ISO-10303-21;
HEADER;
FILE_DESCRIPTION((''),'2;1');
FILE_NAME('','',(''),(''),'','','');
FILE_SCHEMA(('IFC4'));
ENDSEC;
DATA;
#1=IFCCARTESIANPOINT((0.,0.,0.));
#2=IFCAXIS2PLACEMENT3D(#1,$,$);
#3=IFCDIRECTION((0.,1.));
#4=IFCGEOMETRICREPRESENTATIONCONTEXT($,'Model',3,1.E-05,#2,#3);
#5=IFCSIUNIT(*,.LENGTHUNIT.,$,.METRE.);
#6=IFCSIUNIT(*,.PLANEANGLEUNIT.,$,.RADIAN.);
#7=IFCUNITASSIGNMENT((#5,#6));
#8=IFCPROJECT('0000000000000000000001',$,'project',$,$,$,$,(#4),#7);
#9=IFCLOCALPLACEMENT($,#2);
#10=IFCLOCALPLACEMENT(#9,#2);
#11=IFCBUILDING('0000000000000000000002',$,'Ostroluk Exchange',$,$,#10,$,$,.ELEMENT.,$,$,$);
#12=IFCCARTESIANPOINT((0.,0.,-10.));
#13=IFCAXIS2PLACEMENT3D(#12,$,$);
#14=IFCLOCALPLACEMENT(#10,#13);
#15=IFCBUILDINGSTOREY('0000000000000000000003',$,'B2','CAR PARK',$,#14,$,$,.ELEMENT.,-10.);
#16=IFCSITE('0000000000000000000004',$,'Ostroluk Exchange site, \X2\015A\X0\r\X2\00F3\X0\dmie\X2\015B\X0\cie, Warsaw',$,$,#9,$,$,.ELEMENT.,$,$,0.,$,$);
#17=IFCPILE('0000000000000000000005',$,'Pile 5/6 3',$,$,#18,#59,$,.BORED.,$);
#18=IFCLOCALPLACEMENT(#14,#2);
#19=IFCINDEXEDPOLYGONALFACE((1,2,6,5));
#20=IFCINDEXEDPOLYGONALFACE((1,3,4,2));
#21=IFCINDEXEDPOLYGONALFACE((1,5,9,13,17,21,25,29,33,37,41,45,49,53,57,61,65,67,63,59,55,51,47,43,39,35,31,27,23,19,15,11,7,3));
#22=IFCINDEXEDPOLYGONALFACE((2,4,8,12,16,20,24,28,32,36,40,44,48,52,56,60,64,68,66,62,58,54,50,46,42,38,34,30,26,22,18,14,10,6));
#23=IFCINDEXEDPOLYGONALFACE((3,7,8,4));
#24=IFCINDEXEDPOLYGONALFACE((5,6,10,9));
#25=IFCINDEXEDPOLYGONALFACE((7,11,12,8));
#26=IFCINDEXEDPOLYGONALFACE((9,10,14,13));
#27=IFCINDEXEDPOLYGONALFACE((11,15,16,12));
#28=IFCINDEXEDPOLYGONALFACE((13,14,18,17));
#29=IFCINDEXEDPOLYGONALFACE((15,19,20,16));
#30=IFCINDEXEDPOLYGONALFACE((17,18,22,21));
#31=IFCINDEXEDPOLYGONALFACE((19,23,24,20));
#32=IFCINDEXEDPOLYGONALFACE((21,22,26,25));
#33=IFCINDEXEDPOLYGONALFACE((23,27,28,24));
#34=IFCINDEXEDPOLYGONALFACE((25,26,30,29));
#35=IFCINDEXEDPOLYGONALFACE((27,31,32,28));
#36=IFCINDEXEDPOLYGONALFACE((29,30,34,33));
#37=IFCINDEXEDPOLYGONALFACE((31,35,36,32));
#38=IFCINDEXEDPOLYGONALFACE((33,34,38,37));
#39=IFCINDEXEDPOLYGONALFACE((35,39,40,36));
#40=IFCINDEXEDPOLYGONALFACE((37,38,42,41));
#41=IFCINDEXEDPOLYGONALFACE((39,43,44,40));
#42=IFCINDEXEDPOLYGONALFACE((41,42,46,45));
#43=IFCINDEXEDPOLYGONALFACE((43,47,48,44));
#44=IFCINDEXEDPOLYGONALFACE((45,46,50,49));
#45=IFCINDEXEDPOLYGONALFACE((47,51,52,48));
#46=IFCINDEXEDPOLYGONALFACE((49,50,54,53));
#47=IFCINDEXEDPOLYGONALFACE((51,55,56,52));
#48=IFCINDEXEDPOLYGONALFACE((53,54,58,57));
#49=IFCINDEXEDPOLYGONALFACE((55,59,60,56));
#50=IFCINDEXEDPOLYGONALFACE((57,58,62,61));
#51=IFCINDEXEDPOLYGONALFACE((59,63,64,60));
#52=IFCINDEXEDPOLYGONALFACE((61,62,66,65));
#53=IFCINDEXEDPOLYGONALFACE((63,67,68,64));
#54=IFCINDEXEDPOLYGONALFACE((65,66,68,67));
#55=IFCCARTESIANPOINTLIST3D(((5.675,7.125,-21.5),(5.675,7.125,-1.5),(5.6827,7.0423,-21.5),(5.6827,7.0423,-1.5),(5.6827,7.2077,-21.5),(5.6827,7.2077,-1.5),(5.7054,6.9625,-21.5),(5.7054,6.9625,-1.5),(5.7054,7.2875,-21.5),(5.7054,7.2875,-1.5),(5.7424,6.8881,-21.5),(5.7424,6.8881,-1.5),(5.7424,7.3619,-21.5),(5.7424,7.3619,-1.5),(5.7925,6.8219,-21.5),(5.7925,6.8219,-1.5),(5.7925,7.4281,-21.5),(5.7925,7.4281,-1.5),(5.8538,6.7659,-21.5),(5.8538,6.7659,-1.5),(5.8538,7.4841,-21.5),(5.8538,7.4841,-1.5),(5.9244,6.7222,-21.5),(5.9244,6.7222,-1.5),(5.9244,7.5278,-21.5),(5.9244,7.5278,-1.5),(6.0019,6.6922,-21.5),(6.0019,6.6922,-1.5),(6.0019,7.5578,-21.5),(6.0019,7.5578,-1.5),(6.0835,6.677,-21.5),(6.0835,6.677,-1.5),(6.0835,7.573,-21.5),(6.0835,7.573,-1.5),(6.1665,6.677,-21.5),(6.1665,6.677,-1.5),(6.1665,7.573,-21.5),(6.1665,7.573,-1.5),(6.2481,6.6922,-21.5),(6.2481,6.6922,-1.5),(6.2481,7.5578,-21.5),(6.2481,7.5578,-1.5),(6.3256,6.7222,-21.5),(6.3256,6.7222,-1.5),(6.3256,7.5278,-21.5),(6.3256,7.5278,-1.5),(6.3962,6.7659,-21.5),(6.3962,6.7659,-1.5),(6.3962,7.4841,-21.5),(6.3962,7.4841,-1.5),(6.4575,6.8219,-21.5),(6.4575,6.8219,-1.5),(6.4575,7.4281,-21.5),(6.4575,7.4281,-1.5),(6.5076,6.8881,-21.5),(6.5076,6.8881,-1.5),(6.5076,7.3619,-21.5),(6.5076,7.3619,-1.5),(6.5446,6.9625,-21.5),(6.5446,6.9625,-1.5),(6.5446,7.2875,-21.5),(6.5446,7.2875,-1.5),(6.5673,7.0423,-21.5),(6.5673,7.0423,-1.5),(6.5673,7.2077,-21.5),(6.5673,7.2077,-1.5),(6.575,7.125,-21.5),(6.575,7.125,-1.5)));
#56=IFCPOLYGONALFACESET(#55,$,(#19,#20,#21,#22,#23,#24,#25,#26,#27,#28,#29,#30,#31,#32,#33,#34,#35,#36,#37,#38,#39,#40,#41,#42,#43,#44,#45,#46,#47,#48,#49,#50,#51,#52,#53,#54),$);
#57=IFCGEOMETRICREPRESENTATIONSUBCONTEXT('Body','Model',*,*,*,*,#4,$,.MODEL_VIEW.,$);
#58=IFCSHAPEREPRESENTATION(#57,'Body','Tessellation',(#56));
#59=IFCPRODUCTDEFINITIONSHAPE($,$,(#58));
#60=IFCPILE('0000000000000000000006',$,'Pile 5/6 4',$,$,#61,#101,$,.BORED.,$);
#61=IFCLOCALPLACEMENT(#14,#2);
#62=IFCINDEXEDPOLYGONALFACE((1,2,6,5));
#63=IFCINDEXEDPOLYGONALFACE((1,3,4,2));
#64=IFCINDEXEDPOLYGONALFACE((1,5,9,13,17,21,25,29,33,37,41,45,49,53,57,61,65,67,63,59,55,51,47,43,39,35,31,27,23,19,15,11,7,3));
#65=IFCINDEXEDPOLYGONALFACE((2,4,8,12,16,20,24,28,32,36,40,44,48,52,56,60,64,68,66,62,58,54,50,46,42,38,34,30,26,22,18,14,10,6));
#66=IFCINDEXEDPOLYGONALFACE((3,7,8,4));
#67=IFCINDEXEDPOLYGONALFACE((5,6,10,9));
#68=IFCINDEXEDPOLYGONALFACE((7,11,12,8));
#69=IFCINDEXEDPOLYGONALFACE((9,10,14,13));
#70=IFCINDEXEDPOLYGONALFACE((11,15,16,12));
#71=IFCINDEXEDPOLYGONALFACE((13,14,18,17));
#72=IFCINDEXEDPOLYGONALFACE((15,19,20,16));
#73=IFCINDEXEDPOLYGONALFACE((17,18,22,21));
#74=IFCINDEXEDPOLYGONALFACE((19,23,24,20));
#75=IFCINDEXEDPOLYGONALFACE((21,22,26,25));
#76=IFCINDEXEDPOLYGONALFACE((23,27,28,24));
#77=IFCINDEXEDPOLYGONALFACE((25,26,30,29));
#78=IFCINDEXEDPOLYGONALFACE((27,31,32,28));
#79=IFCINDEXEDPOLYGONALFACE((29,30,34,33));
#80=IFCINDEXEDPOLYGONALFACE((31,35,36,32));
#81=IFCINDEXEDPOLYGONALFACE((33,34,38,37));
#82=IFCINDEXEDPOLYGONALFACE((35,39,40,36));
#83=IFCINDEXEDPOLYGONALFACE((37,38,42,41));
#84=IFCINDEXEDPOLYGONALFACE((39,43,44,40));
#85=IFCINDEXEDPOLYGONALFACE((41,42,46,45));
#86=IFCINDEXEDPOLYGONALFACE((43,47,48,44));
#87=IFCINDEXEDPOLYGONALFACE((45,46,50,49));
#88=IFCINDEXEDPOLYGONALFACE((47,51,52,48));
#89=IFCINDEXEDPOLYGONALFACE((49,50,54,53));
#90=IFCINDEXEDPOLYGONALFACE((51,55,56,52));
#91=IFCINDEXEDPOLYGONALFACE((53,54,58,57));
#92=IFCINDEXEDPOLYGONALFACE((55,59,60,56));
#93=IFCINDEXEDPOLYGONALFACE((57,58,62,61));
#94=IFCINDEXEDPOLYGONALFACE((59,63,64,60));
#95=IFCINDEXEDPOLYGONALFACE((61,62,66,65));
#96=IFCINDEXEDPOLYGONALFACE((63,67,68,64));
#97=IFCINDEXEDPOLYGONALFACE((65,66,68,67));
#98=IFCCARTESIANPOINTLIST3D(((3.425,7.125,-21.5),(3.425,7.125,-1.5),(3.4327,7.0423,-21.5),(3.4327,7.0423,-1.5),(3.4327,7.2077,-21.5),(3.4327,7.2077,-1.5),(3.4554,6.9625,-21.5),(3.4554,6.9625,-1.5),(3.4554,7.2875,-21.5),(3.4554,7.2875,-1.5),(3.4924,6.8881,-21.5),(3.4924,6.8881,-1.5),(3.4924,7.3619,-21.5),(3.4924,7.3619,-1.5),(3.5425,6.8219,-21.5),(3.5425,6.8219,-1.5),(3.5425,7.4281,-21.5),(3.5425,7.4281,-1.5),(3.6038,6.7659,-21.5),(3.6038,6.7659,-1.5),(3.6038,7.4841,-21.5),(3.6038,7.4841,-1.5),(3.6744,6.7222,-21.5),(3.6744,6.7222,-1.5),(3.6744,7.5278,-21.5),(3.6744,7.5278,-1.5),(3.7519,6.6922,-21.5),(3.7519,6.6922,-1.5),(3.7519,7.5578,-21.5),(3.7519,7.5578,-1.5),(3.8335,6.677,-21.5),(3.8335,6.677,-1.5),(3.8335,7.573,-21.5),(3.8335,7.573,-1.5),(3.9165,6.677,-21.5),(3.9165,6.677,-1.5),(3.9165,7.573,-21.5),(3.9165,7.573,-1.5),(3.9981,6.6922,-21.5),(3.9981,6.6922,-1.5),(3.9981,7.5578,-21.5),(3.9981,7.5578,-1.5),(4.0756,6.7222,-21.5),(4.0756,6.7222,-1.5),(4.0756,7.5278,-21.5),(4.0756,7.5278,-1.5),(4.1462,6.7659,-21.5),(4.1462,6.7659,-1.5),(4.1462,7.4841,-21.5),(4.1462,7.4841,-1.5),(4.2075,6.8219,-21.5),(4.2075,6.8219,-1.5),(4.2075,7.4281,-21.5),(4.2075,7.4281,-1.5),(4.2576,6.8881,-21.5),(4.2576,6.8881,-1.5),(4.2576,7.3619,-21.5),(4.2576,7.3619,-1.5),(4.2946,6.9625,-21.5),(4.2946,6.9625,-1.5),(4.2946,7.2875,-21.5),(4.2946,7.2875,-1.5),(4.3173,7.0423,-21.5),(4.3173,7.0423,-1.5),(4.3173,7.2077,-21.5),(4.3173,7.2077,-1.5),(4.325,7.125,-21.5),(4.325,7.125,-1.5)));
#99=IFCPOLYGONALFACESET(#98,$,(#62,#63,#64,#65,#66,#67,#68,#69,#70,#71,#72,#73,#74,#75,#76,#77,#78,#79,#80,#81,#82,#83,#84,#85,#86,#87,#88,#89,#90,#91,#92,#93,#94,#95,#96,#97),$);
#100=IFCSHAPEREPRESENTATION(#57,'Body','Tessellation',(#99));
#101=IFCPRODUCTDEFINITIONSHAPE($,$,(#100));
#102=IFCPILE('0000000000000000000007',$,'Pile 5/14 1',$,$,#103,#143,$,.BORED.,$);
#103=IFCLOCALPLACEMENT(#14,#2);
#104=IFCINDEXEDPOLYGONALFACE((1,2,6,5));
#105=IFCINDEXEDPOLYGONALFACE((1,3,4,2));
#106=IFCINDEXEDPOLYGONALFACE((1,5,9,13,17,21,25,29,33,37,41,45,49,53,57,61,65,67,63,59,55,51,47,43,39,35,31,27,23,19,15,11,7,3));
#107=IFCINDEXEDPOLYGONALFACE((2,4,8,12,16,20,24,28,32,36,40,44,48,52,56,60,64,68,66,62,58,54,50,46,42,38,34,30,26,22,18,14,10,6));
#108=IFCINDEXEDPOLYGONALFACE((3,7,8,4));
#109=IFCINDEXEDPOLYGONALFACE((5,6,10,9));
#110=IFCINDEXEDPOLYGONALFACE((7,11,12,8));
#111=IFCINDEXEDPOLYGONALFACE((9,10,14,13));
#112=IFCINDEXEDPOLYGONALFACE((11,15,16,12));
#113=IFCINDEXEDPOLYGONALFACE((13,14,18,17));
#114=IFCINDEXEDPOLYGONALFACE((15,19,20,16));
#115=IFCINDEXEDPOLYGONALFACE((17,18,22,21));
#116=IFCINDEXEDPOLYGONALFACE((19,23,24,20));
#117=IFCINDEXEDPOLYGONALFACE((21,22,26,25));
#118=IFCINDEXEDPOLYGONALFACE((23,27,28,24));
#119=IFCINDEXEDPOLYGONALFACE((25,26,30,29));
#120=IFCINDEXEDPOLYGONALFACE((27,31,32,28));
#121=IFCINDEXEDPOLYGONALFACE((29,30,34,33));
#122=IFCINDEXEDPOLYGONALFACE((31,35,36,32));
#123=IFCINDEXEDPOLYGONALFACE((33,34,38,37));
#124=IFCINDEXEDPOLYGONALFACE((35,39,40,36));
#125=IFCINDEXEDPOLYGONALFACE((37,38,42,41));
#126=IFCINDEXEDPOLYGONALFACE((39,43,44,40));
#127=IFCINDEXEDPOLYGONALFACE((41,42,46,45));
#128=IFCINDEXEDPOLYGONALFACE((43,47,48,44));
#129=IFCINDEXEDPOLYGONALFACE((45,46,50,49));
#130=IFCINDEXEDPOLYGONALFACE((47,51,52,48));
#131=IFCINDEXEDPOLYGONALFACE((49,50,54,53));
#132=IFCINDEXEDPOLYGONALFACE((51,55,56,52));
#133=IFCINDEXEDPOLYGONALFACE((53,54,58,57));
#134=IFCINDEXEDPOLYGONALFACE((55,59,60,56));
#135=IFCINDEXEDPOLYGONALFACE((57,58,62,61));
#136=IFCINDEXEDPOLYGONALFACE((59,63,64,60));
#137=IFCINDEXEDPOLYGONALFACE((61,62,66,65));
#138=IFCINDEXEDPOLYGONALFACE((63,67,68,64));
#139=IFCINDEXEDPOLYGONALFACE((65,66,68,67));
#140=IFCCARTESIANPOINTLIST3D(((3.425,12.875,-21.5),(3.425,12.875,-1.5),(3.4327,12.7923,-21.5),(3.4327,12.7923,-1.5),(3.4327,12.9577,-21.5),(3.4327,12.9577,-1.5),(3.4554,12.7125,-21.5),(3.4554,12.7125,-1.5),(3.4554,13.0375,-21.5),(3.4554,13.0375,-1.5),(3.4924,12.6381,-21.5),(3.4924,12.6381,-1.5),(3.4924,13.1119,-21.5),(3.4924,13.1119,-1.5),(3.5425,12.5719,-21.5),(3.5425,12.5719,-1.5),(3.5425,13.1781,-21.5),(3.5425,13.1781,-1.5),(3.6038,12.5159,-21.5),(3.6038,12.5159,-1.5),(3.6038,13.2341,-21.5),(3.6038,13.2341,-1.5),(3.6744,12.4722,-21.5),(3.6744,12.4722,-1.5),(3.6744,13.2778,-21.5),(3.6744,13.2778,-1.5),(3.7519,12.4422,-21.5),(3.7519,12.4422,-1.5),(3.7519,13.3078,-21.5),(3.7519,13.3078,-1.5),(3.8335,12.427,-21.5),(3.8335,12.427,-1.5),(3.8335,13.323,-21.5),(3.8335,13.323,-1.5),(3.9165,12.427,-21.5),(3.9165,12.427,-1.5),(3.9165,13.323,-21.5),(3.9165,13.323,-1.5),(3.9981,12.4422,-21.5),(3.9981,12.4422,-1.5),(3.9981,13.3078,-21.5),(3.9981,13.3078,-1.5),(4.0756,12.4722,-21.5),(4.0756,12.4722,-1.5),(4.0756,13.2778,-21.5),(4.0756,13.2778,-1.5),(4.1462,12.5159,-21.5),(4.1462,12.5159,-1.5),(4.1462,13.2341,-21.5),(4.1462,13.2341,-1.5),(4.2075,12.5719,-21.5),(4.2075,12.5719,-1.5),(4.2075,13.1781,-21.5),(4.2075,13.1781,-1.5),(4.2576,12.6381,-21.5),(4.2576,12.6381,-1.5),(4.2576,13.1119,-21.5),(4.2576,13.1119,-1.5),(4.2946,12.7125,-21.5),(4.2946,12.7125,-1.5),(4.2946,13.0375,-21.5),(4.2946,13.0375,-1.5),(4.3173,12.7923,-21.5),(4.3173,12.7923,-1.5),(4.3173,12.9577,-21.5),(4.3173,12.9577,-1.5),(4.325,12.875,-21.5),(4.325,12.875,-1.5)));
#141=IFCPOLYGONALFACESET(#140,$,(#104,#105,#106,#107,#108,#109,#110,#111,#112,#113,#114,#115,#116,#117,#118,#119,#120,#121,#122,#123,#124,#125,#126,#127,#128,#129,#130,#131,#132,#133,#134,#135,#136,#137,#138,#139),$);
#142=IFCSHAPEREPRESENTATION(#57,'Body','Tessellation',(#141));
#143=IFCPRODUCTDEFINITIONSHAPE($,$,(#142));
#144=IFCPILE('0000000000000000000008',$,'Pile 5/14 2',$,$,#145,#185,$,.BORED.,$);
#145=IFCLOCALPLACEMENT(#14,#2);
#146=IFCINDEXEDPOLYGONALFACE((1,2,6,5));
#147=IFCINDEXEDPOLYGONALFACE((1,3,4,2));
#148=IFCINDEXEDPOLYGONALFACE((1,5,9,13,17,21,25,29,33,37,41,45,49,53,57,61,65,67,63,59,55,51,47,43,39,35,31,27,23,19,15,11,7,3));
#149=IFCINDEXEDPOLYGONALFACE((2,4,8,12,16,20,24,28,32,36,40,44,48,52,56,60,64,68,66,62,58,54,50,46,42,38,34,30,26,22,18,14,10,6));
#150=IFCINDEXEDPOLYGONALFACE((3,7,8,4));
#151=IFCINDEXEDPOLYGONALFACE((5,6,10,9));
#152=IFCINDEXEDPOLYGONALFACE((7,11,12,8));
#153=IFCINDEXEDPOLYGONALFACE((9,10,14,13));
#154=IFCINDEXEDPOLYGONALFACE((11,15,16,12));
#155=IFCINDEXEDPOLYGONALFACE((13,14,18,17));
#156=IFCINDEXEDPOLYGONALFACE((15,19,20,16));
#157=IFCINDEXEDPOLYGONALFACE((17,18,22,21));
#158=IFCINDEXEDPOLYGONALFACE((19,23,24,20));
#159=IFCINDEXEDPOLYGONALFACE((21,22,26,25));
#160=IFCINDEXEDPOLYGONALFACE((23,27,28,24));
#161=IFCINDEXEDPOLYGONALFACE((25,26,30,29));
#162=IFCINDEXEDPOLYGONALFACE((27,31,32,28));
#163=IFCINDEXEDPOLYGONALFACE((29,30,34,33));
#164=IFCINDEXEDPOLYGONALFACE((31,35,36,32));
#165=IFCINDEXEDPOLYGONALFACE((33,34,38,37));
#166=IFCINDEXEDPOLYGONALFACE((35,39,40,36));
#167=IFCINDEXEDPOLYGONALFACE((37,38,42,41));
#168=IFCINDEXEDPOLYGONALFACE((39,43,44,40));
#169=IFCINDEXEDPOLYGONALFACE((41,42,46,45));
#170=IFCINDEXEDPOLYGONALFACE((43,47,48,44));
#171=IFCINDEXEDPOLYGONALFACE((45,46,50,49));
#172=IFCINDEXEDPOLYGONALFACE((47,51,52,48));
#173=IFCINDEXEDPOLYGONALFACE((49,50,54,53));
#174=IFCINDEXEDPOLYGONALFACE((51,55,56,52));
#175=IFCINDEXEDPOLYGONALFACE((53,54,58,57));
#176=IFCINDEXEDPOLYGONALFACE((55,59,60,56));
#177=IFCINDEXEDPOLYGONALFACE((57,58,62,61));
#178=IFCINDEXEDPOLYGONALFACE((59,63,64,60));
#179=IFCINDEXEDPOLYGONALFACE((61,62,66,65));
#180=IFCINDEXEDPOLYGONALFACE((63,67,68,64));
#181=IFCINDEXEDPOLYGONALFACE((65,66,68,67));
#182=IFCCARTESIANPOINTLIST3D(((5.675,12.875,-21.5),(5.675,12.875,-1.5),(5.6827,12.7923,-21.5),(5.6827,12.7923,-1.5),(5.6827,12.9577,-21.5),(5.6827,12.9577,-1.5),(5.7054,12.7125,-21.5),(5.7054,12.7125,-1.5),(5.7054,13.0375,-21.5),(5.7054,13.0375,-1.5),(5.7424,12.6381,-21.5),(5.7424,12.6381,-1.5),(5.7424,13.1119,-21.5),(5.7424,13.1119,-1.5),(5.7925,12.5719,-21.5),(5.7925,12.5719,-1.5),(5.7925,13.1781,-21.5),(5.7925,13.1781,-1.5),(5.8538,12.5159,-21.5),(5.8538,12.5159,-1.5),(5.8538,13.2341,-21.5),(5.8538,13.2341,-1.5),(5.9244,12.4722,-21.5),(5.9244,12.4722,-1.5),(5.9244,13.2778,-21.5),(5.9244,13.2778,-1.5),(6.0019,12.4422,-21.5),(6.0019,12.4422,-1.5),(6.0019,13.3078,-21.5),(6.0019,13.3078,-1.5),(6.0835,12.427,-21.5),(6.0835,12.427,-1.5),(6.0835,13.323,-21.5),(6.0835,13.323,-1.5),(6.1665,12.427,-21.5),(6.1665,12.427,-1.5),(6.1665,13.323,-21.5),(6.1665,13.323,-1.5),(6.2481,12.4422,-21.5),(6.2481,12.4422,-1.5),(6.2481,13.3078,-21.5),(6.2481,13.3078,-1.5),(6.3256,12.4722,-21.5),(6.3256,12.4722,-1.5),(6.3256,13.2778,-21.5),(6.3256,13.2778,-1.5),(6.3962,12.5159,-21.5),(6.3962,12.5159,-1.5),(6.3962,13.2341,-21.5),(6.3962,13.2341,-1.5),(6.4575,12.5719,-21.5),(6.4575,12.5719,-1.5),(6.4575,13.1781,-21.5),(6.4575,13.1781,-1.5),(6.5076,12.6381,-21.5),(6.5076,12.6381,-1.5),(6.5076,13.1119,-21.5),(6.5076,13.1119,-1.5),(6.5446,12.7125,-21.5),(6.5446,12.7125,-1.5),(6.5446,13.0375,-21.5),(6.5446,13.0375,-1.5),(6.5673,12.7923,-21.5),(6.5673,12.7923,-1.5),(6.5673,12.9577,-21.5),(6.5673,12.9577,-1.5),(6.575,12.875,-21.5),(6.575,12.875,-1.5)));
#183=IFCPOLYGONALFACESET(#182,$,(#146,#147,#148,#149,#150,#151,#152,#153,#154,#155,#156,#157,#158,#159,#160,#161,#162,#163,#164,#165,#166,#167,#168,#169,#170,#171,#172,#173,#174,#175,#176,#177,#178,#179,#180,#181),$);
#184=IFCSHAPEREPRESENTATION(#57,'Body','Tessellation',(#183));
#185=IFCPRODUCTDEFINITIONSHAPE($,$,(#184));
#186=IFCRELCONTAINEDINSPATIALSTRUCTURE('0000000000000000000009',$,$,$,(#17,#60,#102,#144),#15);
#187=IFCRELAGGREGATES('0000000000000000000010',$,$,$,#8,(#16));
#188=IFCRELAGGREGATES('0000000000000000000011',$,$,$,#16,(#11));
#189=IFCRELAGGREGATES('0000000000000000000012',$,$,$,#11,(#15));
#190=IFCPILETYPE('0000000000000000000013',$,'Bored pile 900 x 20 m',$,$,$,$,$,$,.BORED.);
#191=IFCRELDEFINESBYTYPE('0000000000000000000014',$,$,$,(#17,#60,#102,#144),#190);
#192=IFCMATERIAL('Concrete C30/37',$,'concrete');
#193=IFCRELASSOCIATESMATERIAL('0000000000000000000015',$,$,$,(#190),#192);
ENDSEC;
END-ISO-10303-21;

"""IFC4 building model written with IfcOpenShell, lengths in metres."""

from ifc_helpers import new_model, si_unit, direction, frame, origin, origin_2d, place, context, subcontext, project, spatial, circle, extrude, material, type_object, element, save


model = new_model("IFC4")

# Units and contexts
model_context = context("Model", 3, precision=1e-05, world=origin(), true_north=direction((0.0, 1.0)))
body_context = subcontext(model_context, "Body", "Model", "MODEL_VIEW")
ifc_project = project(units=[si_unit("LENGTHUNIT", "METRE"), si_unit("PLANEANGLEUNIT", "RADIAN")], contexts=[model_context])

# Site, building, storey
site_placement = place(None, origin())
site = spatial("IfcSite", under=ifc_project, at=site_placement, Name="Ostroluk Exchange site, Śródmieście, Warsaw", CompositionType="ELEMENT", RefElevation=0.0)
building_placement = place(site_placement, origin())
building = spatial("IfcBuilding", under=site, at=building_placement, Name="Ostroluk Exchange", CompositionType="ELEMENT")
storey_placement = place(building_placement, frame((0.0, 0.0, -10.0)))
storey = spatial("IfcBuildingStorey", under=building, at=storey_placement, Name="B2", Description="CAR PARK", CompositionType="ELEMENT", Elevation=-10.0)

# Piles
ifc_material_1 = material(Name="Concrete C30/37", Category="concrete")
pile_type = type_object("IfcPileType", Name="Bored pile 900 x 20 m", PredefinedType="BORED", material=ifc_material_1)
for number, where, z_axis, x_axis, name in (
    (1, (6.125, 7.125, -1.5), (0.0, 0.0, -1.0), (1.0, 0.0, 0.0), "Pile 5/6 3"),
    (2, (3.875, 7.125, -1.5), (0.0, 0.0, -1.0), (1.0, 0.0, 0.0), "Pile 5/6 4"),
    (3, (3.875, 12.875, -1.5), (0.0, 0.0, -1.0), (1.0, 0.0, 0.0), "Pile 5/14 1"),
    (4, (6.125, 12.875, -1.5), (0.0, 0.0, -1.0), (1.0, 0.0, 0.0), "Pile 5/14 2"),
):
    element("IfcPile", number, at=place(storey_placement, frame(where, z_axis=z_axis, x_axis=x_axis)), inside=storey, type_object=pile_type, Name=name, PredefinedType="BORED", context=body_context, shape_type="SweptSolid", body=[
        extrude(circle(Radius=0.45, at=origin_2d()), origin(), (0.0, 0.0, 1.0), 20.0),
    ])

save(model, "model.ifc")
